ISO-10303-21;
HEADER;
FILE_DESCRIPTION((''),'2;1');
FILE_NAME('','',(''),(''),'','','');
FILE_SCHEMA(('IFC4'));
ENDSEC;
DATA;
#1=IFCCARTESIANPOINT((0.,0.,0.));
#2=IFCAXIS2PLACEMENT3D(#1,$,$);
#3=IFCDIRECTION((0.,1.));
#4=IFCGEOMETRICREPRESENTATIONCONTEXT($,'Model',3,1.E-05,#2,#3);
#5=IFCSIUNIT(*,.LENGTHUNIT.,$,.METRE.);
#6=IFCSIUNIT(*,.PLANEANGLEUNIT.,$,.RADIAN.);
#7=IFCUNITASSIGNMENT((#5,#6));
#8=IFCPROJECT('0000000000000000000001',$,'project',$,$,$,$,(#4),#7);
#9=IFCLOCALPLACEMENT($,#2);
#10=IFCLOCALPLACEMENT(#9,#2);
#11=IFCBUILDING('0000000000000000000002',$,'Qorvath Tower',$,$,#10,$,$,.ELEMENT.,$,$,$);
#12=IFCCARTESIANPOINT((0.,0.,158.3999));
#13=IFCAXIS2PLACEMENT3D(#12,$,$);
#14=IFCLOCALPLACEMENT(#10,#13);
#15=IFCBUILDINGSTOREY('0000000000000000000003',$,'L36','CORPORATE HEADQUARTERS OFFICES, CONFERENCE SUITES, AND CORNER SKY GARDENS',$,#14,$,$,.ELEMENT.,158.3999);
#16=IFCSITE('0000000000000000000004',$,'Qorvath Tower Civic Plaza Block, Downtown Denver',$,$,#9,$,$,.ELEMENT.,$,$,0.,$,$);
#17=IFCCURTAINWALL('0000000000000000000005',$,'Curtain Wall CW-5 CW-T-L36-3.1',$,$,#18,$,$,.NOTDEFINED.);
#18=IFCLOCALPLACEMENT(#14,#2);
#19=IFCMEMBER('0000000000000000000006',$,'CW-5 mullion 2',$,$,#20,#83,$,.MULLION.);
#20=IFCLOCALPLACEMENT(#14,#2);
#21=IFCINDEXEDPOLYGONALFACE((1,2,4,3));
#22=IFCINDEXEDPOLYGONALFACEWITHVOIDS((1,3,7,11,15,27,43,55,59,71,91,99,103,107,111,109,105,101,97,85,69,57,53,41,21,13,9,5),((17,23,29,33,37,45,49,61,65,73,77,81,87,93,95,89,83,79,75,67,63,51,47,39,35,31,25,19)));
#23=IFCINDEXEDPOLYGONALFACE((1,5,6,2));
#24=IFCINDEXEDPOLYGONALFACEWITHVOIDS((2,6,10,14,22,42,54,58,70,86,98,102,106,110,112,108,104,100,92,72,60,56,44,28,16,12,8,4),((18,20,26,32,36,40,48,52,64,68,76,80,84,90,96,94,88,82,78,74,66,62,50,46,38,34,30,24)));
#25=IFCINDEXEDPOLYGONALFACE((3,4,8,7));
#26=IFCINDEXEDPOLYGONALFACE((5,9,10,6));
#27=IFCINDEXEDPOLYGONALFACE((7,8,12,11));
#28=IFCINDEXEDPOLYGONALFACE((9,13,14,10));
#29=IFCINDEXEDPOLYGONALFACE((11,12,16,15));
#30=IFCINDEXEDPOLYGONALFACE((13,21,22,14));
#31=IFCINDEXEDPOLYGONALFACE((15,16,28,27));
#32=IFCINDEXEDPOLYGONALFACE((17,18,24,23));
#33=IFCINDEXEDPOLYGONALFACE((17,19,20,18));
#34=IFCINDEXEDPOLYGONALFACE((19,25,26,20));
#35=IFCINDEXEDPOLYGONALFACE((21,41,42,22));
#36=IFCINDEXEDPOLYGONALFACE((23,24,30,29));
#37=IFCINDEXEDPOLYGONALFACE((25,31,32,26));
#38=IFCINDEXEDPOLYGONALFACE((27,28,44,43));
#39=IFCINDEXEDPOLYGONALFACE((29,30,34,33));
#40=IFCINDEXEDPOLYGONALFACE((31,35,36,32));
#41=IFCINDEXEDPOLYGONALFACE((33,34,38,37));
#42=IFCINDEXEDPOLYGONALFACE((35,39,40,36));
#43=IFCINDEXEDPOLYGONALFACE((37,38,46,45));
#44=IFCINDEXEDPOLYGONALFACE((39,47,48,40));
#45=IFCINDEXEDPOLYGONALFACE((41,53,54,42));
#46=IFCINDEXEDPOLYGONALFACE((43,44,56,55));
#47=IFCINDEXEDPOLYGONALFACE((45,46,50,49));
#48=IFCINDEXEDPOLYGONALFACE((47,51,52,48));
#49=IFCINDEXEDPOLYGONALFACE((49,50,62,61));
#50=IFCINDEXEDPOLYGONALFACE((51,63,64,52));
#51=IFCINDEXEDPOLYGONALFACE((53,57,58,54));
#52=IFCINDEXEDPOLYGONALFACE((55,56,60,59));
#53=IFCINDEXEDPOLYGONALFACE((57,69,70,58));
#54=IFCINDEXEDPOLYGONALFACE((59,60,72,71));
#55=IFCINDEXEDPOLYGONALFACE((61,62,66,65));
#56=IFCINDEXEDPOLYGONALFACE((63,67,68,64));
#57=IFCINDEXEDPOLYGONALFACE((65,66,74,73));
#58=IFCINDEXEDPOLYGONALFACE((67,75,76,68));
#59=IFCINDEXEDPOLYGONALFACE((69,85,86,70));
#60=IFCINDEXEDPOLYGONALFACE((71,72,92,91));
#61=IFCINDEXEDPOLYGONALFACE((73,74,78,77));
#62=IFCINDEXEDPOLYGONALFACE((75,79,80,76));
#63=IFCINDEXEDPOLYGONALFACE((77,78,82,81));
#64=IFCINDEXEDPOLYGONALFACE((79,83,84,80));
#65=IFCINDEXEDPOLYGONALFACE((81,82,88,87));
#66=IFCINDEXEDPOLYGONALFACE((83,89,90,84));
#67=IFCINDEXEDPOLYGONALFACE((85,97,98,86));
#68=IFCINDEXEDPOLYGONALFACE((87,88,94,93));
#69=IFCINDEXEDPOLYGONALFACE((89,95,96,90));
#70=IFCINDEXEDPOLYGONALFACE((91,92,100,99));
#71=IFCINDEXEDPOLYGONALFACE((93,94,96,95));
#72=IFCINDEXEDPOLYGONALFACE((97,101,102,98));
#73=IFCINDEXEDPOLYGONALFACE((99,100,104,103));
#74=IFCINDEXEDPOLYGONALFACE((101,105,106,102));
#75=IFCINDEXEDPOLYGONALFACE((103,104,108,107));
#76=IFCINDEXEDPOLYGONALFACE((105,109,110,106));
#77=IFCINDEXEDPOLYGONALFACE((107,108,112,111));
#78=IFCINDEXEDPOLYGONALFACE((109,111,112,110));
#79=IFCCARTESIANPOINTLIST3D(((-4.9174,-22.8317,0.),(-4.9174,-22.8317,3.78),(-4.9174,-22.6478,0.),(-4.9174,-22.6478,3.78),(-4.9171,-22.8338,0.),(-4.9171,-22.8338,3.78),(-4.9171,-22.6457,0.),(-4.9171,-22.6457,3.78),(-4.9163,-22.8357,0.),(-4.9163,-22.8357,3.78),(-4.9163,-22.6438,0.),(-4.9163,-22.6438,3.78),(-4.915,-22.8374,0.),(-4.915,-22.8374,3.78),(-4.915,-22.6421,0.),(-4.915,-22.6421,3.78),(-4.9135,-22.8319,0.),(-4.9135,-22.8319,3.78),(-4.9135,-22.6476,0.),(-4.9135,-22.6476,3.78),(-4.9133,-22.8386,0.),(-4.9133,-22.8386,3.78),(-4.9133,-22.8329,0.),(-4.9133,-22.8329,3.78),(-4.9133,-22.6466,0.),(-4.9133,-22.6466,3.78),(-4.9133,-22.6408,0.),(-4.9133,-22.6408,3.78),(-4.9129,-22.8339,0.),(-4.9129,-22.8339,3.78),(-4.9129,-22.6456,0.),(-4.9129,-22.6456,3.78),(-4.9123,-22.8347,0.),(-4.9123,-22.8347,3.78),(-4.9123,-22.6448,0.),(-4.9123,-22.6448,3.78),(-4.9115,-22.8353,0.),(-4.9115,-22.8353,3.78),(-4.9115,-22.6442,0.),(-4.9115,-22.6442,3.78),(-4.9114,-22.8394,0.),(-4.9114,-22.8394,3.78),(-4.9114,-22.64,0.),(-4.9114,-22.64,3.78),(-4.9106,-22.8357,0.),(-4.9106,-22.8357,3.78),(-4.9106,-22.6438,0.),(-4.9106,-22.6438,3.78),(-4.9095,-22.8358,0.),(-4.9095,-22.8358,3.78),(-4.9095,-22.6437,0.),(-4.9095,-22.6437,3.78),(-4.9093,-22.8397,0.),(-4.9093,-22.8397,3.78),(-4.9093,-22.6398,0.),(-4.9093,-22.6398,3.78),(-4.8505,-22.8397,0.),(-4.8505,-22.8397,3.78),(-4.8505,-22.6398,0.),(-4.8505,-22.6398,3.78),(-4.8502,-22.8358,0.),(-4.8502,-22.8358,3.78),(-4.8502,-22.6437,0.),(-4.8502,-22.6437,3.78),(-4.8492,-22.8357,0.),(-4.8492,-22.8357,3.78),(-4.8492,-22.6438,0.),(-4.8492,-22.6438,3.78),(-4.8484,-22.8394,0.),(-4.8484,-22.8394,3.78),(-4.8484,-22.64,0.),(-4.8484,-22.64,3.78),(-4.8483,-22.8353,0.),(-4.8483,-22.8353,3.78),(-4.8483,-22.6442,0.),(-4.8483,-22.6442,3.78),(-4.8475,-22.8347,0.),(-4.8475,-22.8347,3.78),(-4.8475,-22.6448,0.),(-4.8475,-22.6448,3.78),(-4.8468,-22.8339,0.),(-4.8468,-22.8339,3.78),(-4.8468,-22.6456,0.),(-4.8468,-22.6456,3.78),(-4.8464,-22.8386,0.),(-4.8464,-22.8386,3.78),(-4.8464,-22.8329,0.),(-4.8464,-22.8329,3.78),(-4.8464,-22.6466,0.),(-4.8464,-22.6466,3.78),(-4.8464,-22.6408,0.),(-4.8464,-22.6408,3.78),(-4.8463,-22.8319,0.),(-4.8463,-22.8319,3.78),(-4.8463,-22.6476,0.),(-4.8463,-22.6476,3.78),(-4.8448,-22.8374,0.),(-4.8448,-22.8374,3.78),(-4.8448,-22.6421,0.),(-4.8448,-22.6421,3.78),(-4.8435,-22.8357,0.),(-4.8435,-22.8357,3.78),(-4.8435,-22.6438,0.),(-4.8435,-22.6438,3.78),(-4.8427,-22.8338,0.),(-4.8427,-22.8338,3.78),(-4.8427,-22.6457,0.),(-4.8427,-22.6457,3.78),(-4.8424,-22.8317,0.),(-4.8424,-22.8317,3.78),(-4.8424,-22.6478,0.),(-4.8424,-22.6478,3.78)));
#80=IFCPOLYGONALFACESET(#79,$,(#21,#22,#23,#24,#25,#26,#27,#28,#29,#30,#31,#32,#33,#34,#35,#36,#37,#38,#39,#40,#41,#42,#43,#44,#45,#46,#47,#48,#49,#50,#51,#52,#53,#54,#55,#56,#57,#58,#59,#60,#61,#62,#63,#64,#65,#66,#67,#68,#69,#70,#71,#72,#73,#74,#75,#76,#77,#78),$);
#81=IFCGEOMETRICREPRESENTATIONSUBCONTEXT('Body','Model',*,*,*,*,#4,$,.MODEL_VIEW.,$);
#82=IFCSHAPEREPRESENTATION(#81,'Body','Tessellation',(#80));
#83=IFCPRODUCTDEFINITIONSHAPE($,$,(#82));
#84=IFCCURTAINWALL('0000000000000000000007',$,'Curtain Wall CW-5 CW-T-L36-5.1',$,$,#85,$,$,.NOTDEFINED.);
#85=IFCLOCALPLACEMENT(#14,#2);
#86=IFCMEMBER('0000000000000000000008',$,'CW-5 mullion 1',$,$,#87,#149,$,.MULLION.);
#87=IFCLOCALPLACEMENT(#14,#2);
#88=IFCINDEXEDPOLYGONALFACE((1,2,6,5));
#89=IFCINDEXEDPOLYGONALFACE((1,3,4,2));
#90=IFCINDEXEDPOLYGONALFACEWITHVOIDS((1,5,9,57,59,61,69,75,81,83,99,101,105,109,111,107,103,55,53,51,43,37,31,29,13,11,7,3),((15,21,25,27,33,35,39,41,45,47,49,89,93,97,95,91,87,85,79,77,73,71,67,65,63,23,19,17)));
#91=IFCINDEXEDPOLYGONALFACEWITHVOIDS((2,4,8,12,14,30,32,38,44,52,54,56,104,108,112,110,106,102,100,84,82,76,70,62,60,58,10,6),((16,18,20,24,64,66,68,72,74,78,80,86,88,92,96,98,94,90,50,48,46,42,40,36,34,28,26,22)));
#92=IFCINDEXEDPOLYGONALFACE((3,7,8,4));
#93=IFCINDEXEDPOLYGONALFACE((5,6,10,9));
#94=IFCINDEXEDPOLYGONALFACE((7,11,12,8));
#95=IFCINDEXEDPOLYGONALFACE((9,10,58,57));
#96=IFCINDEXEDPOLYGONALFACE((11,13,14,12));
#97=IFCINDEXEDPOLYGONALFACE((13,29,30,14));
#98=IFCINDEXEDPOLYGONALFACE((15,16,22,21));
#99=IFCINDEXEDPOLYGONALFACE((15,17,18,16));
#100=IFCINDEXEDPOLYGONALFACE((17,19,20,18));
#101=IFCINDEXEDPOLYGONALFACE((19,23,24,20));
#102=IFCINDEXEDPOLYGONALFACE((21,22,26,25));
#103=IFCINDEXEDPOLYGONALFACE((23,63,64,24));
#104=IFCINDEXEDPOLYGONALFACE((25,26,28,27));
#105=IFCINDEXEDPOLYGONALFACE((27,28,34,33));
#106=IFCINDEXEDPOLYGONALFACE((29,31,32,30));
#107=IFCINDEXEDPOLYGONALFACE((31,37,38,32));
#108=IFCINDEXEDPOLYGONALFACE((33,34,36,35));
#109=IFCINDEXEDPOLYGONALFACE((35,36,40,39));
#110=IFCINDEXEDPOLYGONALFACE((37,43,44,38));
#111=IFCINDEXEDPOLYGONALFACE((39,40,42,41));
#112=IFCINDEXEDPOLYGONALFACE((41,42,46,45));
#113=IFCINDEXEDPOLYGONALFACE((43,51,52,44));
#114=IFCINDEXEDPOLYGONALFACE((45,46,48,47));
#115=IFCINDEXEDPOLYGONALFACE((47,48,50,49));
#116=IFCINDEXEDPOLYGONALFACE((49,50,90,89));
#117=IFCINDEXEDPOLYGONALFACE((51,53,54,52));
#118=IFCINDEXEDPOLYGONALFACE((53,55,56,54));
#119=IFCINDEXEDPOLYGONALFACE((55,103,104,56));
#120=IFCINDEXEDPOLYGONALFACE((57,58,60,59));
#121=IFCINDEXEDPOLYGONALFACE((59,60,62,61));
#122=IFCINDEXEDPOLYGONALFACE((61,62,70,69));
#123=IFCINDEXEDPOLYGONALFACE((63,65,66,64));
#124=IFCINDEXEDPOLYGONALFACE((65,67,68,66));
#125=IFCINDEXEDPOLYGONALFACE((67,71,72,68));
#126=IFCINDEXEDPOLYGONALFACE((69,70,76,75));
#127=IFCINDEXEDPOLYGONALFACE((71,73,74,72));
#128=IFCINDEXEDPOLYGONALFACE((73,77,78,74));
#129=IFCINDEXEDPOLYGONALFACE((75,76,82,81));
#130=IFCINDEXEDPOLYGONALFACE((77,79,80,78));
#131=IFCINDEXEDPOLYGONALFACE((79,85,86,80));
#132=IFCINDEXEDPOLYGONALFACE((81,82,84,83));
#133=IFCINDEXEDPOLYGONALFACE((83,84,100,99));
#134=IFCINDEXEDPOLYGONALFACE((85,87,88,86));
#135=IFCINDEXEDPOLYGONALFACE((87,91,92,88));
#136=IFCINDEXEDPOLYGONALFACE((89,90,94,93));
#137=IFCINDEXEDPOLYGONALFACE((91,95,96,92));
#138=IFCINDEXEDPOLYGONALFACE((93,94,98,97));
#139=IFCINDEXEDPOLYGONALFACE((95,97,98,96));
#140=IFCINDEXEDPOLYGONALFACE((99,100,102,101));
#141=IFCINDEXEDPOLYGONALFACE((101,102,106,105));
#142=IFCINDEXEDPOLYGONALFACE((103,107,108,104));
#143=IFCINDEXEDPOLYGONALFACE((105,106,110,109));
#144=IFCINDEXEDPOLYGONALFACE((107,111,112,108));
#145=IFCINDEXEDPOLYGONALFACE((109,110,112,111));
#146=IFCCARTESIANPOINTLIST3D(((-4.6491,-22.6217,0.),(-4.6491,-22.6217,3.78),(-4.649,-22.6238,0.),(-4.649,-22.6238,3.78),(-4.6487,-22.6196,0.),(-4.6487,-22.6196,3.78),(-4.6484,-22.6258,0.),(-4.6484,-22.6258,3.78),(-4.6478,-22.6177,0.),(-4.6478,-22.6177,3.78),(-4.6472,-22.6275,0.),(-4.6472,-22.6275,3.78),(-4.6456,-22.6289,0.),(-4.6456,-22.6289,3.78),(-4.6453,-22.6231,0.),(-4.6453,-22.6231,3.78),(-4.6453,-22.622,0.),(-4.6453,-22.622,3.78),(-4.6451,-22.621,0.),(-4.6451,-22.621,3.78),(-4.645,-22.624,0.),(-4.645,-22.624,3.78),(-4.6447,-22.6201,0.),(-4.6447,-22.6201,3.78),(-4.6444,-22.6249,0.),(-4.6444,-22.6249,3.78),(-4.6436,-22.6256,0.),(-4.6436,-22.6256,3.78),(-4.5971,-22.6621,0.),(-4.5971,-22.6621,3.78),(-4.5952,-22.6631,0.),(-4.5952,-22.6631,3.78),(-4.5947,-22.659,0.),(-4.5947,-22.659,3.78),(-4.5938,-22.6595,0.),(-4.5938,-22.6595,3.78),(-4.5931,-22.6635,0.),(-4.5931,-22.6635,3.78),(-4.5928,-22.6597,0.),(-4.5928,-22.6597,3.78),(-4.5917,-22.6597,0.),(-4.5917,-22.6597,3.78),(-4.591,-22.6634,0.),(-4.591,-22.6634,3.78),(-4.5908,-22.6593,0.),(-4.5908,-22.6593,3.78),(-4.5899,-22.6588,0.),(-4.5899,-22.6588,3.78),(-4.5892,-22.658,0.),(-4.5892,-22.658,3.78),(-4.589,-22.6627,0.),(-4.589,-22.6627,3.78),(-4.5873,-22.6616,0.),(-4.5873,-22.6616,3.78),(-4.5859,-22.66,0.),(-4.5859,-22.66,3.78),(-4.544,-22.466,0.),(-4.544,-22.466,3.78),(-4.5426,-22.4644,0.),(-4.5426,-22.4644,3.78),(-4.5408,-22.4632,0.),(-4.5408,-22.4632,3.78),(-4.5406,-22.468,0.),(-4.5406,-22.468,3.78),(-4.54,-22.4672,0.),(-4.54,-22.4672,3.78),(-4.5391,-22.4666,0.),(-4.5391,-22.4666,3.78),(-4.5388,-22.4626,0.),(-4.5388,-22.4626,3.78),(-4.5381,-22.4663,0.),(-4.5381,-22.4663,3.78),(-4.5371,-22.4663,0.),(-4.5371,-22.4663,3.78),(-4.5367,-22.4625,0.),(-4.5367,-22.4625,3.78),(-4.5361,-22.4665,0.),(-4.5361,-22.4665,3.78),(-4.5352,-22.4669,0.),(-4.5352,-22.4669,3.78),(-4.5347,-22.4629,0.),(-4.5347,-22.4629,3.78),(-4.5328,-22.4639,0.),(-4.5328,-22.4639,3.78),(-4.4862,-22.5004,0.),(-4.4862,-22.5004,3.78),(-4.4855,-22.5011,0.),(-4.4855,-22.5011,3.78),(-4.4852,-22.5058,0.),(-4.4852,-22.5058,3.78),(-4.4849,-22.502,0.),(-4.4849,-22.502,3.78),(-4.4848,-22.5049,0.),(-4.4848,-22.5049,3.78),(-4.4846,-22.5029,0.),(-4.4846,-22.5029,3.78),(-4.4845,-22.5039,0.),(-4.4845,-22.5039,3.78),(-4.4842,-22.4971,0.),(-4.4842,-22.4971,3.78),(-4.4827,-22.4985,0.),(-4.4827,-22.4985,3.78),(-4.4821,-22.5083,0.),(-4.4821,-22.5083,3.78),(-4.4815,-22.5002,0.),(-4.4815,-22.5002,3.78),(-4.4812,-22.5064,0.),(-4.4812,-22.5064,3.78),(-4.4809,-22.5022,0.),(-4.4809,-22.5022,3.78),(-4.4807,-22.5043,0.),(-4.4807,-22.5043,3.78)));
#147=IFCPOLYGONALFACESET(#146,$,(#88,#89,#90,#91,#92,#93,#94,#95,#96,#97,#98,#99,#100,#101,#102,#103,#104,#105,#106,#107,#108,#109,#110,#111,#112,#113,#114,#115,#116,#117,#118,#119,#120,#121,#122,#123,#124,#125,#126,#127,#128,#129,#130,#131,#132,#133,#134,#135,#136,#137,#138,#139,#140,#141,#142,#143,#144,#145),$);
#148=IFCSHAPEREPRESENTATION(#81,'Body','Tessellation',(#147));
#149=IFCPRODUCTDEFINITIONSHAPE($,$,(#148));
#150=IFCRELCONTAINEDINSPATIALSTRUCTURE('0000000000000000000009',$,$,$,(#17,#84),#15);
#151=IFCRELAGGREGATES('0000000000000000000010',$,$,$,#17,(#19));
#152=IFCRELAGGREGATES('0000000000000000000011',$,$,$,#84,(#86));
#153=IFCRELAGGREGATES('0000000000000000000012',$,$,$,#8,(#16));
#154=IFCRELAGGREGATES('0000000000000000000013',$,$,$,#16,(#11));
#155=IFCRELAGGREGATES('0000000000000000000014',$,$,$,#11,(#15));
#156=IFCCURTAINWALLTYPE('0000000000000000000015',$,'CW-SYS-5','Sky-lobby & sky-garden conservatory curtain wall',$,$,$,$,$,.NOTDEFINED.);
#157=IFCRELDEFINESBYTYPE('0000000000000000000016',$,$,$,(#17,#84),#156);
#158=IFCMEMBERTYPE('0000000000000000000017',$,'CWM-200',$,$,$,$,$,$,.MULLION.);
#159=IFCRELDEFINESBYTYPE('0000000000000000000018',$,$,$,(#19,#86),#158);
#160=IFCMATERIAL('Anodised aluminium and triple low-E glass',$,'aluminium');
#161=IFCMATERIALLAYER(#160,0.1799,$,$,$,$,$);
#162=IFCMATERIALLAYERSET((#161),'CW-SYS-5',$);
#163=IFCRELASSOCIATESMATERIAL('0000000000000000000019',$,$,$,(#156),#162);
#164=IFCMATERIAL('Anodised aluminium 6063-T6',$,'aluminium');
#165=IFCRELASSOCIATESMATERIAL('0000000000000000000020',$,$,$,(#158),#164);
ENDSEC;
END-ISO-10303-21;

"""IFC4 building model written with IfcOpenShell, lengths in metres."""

from ifc_helpers import new_model, si_unit, direction, frame, origin, origin_2d, place, context, subcontext, project, spatial, hollow_rectangle, extrude, material, layer, layer_set, material_profile, profile_set, type_object, element, aggregate, save


model = new_model("IFC4")

# Units and contexts
model_context = context("Model", 3, precision=1e-05, world=origin(), true_north=direction((0.0, 1.0)))
body_context = subcontext(model_context, "Body", "Model", "MODEL_VIEW")
ifc_project = project(units=[si_unit("LENGTHUNIT", "METRE"), si_unit("PLANEANGLEUNIT", "RADIAN")], contexts=[model_context])

# Site, building, storey
site_placement = place(None, origin())
site = spatial("IfcSite", under=ifc_project, at=site_placement, Name="Qorvath Tower Civic Plaza Block, Downtown Denver", CompositionType="ELEMENT", RefElevation=0.0)
building_placement = place(site_placement, origin())
building = spatial("IfcBuilding", under=site, at=building_placement, Name="Qorvath Tower", CompositionType="ELEMENT")
storey_placement = place(building_placement, frame((0.0, 0.0, 158.3999)))
storey = spatial("IfcBuildingStorey", under=building, at=storey_placement, Name="L36", Description="CORPORATE HEADQUARTERS OFFICES, CONFERENCE SUITES, AND CORNER SKY GARDENS", CompositionType="ELEMENT", Elevation=158.3999)

# Shared definitions
ifc_material_1 = material(Name="Anodised aluminium and triple low-E glass", Category="aluminium")
ifc_layer_1 = layer(ifc_material_1, 0.1799)
ifc_layer_set_1 = layer_set([ifc_layer_1], Name="CW-SYS-5")
curtain_wall_type = type_object("IfcCurtainWallType", Name="CW-SYS-5", Description="Sky-lobby & sky-garden conservatory curtain wall", PredefinedType="NOTDEFINED", material=ifc_layer_set_1)
ifc_material_2 = material(Name="Anodised aluminium 6063-T6", Category="aluminium")
ifc_material_profile_1 = material_profile(ifc_material_2, hollow_rectangle(XDim=0.075, YDim=0.2, WallThickness=0.0039, InnerFilletRadius=0.0039, OuterFilletRadius=0.0081, at=origin_2d()), Name="CWM 200x75")
ifc_profile_set_1 = profile_set([ifc_material_profile_1], Name="Anodised aluminium 6063-T6")
member_type_1 = type_object("IfcMemberType", Name="CWM-200", PredefinedType="MULLION", material=ifc_profile_set_1)

# Curtain walls, members
curtain_wall_1_placement = place(storey_placement, origin())
curtain_wall_1 = element("IfcCurtainWall", 1, at=curtain_wall_1_placement, inside=storey, type_object=curtain_wall_type, Name="Curtain Wall CW-5 CW-T-L36-3.1", PredefinedType="NOTDEFINED")
member_1_placement = place(storey_placement, frame((-4.8799, -22.7397, 0.0), z_axis=(0.0, 0.0, 1.0), x_axis=(1.0, 0.0, 0.0)))
member_1 = element("IfcMember", 2, at=member_1_placement, type_object=member_type_1, Name="CW-5 mullion 2", PredefinedType="MULLION", context=body_context, shape_type="SweptSolid", body=[
    extrude(hollow_rectangle(XDim=0.075, YDim=0.2, WallThickness=0.0039, InnerFilletRadius=0.0039, OuterFilletRadius=0.0081, at=origin_2d()), origin(), (0.0, 0.0, 1.0), 3.78),
])
curtain_wall_2_placement = place(storey_placement, origin())
curtain_wall_2 = element("IfcCurtainWall", 3, at=curtain_wall_2_placement, inside=storey, type_object=curtain_wall_type, Name="Curtain Wall CW-5 CW-T-L36-5.1", PredefinedType="NOTDEFINED")
member_2_placement = place(storey_placement, frame((-4.5649, -22.563, 0.0), z_axis=(0.0, 0.0, 1.0), x_axis=(-0.82556, 0.564314, 0.0)))
member_2 = element("IfcMember", 4, at=member_2_placement, type_object=member_type_1, Name="CW-5 mullion 1", PredefinedType="MULLION", context=body_context, shape_type="SweptSolid", body=[
    extrude(hollow_rectangle(XDim=0.075, YDim=0.2, WallThickness=0.0039, InnerFilletRadius=0.0039, OuterFilletRadius=0.0081, at=origin_2d()), origin(), (0.0, 0.0, 1.0), 3.78),
])

aggregate(curtain_wall_1, [member_1])
aggregate(curtain_wall_2, [member_2])

save(model, "model.ifc")
